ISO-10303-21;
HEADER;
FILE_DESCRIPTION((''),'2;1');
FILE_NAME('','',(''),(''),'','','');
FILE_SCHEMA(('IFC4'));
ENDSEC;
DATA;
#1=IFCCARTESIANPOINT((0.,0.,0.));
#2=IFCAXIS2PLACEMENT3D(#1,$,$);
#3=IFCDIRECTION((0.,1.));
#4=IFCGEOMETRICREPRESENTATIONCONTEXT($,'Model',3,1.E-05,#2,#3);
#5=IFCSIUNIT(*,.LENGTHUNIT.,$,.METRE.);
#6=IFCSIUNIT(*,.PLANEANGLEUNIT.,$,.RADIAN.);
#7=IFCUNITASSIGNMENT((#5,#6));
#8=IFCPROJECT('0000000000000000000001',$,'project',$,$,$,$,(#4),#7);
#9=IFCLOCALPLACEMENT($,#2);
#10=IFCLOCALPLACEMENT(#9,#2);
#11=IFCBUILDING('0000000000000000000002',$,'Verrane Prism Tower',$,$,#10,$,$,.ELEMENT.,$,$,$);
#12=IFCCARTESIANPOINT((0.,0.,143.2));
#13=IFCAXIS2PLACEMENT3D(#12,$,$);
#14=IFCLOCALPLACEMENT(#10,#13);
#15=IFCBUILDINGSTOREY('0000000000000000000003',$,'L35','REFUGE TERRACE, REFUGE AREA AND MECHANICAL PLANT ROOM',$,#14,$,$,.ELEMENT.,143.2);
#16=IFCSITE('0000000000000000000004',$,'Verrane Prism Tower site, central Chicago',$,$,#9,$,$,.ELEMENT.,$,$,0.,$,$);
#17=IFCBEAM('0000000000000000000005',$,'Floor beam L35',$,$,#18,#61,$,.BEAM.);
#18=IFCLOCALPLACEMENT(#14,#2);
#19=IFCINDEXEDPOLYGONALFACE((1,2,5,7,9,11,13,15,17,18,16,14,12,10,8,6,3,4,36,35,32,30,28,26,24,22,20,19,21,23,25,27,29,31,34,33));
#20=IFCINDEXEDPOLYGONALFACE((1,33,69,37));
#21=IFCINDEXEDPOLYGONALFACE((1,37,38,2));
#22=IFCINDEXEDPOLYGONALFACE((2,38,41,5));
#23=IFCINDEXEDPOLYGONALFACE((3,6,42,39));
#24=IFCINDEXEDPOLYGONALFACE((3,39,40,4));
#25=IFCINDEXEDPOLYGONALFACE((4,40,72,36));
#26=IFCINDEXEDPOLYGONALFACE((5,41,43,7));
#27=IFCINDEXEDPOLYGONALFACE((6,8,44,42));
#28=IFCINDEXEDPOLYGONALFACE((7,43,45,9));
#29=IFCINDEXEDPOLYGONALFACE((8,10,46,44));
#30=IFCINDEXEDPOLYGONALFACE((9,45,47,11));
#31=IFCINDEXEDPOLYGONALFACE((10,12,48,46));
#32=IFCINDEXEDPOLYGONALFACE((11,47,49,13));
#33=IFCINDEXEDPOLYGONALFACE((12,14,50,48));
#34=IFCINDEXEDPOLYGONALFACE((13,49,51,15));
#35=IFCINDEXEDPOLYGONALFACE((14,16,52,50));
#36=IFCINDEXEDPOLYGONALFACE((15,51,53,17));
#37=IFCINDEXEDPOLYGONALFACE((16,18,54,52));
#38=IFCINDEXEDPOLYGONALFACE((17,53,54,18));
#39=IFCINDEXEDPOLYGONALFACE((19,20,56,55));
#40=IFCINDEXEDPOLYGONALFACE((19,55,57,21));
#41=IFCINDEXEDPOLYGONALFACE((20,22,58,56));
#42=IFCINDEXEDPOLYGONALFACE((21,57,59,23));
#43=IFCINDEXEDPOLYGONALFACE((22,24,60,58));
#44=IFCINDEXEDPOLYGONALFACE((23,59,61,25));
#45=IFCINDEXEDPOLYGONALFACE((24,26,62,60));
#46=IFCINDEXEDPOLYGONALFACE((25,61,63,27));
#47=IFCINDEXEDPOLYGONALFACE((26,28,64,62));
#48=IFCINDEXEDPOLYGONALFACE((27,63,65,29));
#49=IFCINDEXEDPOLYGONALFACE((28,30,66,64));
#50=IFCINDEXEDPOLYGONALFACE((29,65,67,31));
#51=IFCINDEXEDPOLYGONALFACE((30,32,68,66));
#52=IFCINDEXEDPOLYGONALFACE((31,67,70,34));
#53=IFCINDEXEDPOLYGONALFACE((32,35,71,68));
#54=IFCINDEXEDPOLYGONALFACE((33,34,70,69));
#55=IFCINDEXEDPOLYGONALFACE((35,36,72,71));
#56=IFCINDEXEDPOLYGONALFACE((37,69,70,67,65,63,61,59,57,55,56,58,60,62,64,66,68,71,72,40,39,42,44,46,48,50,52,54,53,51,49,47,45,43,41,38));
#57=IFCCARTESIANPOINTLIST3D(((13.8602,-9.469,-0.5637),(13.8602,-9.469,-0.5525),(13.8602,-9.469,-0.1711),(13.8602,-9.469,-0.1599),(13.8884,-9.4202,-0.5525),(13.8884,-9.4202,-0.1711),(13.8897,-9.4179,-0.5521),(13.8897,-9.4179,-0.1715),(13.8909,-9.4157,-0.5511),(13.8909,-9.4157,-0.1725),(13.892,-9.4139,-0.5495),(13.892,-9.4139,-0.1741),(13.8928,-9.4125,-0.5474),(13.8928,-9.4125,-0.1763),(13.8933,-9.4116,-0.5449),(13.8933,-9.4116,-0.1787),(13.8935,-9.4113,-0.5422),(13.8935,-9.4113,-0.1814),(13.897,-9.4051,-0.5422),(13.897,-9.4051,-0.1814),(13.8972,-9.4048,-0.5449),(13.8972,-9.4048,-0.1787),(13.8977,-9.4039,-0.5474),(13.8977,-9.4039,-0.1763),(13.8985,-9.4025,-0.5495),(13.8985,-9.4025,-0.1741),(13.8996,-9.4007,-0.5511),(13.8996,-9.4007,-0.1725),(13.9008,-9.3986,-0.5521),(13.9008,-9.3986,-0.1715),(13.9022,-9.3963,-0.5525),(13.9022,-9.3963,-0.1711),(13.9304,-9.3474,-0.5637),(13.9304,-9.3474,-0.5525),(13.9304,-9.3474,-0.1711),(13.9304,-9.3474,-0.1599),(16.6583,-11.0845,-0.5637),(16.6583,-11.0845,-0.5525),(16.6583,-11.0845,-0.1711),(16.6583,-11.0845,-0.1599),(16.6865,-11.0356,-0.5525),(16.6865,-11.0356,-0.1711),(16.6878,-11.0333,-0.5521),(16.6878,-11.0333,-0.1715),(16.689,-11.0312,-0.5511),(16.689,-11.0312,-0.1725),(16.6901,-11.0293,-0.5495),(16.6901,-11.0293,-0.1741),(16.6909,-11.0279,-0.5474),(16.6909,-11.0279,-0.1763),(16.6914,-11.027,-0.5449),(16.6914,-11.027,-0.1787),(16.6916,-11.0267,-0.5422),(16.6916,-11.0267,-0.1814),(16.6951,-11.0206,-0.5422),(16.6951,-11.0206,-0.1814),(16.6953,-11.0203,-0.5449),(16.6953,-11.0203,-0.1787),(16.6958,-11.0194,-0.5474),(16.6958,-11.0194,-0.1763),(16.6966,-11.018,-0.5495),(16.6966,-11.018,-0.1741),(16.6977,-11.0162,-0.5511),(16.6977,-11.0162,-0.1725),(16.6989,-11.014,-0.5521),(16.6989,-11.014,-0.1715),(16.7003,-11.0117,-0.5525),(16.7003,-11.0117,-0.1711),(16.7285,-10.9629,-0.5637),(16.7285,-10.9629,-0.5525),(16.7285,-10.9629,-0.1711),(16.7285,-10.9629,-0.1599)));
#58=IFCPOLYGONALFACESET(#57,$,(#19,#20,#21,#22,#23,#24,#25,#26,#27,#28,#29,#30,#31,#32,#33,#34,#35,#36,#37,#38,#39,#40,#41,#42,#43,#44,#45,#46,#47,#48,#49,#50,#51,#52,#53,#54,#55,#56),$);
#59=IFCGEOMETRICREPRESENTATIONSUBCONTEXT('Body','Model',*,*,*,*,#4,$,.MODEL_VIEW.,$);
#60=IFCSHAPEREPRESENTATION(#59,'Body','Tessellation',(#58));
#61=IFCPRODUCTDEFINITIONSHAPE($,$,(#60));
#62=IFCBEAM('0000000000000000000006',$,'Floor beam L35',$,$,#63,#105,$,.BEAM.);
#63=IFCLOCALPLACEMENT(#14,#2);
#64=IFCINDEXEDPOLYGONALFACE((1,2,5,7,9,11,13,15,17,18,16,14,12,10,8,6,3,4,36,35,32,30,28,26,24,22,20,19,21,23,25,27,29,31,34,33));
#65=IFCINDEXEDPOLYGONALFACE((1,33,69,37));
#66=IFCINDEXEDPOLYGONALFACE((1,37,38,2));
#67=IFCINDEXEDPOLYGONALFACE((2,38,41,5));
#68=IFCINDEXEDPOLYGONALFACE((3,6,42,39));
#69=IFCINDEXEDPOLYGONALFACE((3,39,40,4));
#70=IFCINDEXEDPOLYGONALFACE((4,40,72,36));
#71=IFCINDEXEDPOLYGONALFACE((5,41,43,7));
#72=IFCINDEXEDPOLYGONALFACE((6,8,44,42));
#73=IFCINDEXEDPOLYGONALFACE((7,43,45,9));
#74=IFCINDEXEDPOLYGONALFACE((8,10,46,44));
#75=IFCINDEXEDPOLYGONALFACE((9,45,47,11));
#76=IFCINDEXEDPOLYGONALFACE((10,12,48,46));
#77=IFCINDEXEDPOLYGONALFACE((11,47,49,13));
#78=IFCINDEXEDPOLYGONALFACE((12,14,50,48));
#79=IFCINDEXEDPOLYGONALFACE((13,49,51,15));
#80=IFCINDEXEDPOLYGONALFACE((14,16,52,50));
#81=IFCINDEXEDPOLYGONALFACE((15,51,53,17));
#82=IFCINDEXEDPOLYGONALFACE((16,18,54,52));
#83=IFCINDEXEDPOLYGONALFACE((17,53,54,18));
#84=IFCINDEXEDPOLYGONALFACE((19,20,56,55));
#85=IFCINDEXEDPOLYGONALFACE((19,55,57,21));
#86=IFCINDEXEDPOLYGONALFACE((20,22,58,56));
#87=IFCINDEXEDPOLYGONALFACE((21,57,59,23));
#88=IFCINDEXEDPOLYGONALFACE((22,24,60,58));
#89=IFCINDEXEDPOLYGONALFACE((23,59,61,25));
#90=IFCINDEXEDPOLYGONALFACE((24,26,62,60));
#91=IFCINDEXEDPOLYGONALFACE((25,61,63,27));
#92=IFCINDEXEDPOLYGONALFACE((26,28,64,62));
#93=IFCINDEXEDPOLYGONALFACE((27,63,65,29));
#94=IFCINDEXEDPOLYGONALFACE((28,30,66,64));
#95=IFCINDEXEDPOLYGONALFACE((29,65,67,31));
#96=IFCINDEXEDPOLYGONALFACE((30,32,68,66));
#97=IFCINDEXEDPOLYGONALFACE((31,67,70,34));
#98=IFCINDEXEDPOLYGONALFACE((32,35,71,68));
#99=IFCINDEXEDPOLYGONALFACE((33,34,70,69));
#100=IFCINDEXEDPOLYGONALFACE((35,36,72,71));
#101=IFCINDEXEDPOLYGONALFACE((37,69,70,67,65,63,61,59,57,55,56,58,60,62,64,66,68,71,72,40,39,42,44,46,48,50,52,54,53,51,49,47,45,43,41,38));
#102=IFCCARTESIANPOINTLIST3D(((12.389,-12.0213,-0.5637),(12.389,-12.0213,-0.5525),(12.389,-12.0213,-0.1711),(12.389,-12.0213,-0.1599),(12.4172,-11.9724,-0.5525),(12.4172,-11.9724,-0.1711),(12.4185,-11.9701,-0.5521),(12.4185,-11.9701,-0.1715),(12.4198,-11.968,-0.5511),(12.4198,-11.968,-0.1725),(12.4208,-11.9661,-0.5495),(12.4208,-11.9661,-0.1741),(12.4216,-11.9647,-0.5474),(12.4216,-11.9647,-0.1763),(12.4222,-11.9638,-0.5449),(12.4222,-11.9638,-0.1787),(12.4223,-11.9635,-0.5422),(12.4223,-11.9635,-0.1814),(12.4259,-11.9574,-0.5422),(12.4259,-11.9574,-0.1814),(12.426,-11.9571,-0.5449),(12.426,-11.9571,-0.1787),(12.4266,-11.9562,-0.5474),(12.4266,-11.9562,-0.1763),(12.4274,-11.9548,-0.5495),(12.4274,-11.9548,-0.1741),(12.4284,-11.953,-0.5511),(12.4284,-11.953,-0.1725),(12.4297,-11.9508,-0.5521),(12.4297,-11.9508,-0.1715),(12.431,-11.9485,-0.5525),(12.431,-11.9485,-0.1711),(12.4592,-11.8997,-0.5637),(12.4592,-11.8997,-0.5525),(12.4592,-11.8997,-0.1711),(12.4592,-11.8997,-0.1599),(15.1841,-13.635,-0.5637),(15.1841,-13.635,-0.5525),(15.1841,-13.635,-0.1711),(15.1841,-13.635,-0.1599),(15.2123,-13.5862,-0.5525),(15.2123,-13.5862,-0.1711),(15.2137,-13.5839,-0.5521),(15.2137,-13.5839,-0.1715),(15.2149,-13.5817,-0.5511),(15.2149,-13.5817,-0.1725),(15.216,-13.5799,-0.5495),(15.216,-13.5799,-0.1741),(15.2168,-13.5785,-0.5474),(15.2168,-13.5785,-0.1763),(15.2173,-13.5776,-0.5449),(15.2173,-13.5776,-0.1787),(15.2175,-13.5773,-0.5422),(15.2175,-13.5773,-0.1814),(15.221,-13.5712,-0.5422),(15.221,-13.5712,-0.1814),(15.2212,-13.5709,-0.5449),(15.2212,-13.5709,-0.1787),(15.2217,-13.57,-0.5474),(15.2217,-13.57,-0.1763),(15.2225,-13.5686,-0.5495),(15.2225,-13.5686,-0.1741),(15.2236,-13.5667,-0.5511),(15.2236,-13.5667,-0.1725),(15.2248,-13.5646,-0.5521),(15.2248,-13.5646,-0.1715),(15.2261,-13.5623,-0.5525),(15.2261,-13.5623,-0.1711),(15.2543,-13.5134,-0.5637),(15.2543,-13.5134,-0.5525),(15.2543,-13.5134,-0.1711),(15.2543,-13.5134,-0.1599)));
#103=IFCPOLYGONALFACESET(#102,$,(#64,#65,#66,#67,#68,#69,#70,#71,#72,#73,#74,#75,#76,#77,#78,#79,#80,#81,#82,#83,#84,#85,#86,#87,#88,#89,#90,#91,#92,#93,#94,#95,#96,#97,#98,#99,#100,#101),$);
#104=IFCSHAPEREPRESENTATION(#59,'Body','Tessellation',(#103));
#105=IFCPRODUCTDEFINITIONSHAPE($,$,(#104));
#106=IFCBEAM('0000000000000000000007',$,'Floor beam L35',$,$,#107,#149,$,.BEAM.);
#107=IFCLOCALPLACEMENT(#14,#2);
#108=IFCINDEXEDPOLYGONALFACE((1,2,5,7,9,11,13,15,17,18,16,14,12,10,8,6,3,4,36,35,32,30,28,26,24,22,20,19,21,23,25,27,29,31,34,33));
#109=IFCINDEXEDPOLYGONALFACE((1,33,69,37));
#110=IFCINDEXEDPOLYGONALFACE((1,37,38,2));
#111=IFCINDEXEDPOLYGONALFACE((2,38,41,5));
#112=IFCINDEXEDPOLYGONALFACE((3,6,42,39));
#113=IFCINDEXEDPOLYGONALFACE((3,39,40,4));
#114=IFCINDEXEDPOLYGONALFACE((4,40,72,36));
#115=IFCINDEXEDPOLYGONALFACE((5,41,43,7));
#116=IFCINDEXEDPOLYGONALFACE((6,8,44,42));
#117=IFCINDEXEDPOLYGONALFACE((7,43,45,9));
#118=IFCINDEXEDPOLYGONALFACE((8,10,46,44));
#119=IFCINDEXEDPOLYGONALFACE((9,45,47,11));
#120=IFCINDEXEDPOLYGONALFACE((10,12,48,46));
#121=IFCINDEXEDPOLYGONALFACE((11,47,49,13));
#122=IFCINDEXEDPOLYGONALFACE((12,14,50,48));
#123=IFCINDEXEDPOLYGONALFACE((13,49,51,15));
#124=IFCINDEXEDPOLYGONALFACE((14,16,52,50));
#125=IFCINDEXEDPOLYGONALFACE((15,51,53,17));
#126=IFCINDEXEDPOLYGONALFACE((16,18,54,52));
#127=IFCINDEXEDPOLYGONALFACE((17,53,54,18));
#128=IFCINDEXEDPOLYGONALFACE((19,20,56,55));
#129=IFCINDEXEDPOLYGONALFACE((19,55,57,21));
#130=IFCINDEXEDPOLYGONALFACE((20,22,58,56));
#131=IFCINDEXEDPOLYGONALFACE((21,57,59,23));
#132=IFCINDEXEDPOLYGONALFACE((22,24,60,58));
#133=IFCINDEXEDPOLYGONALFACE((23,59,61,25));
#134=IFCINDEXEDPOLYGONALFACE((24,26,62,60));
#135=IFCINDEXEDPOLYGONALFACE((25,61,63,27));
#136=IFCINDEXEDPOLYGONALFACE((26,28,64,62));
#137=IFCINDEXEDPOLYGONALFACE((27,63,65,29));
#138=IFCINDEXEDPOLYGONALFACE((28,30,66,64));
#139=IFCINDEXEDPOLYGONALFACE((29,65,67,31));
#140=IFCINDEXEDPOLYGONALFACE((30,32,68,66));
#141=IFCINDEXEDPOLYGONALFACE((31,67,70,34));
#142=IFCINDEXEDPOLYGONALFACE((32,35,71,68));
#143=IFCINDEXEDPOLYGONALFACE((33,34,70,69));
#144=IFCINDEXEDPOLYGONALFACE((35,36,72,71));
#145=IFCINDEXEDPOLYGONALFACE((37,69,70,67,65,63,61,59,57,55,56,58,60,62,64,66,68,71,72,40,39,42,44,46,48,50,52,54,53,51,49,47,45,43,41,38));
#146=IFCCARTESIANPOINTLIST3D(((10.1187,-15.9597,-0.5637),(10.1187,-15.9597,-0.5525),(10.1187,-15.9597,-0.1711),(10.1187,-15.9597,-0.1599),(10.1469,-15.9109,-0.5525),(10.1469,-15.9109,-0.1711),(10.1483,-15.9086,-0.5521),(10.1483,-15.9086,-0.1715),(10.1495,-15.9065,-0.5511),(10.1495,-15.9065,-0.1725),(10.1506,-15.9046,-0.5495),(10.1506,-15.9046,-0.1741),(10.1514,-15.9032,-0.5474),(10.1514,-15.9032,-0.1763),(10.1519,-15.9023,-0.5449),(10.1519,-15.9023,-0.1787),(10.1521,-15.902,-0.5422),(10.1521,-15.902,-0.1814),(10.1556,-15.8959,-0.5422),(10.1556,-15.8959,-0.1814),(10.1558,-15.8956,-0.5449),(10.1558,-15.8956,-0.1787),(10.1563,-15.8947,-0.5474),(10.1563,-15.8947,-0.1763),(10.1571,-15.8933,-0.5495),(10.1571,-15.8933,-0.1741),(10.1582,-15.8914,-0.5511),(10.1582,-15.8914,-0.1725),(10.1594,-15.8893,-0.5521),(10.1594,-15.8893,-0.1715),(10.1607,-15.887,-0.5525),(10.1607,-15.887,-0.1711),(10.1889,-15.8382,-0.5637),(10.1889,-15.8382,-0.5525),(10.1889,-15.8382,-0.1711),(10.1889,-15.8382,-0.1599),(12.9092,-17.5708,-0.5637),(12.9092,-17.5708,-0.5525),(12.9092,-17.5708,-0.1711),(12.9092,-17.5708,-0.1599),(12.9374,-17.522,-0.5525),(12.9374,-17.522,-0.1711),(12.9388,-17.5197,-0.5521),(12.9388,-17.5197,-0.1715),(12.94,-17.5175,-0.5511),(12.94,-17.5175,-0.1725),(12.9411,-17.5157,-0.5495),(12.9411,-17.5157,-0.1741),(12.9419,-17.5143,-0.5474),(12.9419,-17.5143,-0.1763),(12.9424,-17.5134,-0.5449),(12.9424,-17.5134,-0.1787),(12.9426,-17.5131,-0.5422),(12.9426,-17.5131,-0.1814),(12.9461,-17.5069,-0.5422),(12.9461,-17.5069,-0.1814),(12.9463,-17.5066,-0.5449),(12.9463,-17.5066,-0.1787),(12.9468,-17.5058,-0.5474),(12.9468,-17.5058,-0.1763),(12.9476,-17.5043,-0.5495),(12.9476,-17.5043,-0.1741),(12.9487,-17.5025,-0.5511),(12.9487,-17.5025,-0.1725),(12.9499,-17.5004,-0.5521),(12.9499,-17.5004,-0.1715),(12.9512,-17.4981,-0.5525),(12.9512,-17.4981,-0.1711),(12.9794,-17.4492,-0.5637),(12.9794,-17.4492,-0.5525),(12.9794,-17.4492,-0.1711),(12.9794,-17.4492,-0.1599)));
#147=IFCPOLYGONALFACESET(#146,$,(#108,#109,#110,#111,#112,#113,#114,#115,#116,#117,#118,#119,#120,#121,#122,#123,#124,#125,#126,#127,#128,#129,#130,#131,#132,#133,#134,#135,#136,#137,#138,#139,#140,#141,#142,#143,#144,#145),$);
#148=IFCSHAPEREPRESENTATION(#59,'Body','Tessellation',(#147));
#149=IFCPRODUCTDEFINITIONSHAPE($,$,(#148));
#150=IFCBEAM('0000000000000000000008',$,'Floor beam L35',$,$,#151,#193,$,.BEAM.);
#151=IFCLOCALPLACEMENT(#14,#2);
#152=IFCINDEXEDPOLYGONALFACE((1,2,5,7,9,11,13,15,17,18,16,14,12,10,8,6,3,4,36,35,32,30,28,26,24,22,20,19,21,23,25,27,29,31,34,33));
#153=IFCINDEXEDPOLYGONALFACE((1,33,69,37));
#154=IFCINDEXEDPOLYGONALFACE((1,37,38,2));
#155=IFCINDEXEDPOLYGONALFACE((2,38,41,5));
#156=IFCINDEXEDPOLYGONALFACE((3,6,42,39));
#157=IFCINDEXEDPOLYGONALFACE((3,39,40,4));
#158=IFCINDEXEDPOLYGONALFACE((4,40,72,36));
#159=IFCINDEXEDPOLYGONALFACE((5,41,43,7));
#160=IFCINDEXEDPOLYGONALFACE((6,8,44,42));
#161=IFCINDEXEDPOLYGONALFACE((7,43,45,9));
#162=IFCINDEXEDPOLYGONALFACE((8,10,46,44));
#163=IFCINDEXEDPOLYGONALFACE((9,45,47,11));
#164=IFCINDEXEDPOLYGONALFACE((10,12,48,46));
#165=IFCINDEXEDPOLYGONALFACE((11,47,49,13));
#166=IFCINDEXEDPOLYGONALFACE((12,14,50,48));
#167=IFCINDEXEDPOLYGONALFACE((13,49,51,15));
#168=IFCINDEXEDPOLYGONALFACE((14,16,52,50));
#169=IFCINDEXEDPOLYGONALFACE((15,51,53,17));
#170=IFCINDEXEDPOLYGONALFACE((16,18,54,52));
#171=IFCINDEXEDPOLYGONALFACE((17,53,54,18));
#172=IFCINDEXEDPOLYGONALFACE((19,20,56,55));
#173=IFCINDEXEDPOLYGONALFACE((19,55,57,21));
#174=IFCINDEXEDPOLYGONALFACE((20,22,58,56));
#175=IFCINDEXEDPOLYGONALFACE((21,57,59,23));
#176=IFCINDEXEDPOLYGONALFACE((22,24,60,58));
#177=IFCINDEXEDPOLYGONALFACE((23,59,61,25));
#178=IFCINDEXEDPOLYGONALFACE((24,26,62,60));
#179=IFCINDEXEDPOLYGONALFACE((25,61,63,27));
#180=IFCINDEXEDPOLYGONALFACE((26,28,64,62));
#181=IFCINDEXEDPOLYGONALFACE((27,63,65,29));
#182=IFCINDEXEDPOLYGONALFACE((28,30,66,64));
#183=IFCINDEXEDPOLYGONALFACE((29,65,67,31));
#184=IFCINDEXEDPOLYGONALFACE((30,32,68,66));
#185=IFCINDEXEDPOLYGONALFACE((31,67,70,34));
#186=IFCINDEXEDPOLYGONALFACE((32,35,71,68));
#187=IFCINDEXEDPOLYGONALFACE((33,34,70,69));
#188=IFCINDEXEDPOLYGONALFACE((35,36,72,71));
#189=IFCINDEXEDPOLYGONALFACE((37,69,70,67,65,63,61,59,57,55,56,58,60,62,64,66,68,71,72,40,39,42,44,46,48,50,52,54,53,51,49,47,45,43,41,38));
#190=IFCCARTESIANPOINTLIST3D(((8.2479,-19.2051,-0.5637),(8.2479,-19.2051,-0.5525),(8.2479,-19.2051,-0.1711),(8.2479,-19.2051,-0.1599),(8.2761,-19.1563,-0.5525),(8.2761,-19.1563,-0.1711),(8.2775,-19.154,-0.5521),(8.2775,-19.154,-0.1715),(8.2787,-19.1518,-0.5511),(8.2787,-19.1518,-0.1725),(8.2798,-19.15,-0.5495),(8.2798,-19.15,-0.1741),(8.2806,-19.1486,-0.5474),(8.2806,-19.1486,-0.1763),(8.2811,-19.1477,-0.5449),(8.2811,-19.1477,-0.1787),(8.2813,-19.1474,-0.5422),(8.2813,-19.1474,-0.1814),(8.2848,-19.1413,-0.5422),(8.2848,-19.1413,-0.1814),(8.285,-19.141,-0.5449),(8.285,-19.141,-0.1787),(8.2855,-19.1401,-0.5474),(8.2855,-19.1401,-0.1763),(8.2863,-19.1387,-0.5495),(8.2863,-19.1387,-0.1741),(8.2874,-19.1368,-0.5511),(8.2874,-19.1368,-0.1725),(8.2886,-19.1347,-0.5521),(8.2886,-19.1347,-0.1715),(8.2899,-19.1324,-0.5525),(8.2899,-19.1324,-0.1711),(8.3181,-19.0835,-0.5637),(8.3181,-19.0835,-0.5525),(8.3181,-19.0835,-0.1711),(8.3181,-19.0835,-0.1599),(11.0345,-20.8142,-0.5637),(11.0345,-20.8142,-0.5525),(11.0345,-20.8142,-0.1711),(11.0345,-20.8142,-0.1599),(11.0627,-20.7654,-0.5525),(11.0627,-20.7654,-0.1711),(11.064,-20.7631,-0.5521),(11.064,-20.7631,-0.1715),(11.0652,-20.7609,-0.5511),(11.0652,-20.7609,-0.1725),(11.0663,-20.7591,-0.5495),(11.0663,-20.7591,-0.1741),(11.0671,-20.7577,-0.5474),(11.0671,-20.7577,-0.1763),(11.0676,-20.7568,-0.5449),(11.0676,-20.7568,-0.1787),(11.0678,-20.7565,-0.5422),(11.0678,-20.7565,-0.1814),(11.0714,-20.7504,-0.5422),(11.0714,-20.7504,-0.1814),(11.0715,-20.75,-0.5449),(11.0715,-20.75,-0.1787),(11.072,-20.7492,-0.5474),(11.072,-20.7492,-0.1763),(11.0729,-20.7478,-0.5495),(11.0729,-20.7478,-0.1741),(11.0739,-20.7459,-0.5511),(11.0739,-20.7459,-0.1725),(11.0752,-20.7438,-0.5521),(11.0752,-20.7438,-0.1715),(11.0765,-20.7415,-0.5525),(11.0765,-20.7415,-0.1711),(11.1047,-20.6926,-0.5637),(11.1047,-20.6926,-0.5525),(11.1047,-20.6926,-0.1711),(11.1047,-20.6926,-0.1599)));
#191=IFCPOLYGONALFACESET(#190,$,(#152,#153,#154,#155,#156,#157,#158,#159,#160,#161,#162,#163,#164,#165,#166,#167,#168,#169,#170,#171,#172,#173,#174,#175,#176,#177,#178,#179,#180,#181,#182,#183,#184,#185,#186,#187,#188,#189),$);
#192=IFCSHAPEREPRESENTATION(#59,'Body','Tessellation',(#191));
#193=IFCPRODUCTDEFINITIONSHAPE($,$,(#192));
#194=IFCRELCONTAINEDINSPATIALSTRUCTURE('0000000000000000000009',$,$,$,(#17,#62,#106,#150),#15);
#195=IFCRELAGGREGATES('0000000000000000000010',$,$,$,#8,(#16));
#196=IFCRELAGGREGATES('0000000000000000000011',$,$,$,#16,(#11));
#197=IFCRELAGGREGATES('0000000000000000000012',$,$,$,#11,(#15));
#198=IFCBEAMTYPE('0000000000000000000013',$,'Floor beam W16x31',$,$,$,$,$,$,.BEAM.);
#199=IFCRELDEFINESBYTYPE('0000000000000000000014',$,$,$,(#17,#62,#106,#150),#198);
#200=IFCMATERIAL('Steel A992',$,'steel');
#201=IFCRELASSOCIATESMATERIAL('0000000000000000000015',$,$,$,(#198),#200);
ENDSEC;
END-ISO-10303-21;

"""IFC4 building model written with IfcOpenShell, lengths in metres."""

from ifc_helpers import new_model, si_unit, direction, frame, origin, origin_2d, place, context, subcontext, project, spatial, i_section, extrude, material, material_profile, profile_set, type_object, element, save


model = new_model("IFC4")

# Units and contexts
model_context = context("Model", 3, precision=1e-05, world=origin(), true_north=direction((0.0, 1.0)))
body_context = subcontext(model_context, "Body", "Model", "MODEL_VIEW")
ifc_project = project(units=[si_unit("LENGTHUNIT", "METRE"), si_unit("PLANEANGLEUNIT", "RADIAN")], contexts=[model_context])

# Site, building, storey
site_placement = place(None, origin())
site = spatial("IfcSite", under=ifc_project, at=site_placement, Name="Verrane Prism Tower site, central Chicago", CompositionType="ELEMENT", RefElevation=0.0)
building_placement = place(site_placement, origin())
building = spatial("IfcBuilding", under=site, at=building_placement, Name="Verrane Prism Tower", CompositionType="ELEMENT")
storey_placement = place(building_placement, frame((0.0, 0.0, 143.2)))
storey = spatial("IfcBuildingStorey", under=building, at=storey_placement, Name="L35", Description="REFUGE TERRACE, REFUGE AREA AND MECHANICAL PLANT ROOM", CompositionType="ELEMENT", Elevation=143.2)

# Beams
ifc_material_1 = material(Name="Steel A992", Category="steel")
ifc_material_profile_1 = material_profile(ifc_material_1, i_section(OverallWidth=0.1404, OverallDepth=0.4038, WebThickness=0.0071, FlangeThickness=0.0112, FilletRadius=0.0103, at=origin_2d()), Name="W16x31")
ifc_profile_set_1 = profile_set([ifc_material_profile_1], Name="Steel A992")
beam_type_1 = type_object("IfcBeamType", Name="Floor beam W16x31", PredefinedType="BEAM", material=ifc_profile_set_1)
beam_1_placement = place(storey_placement, frame((16.6934, -11.0237, -0.3618), z_axis=(-0.866026, 0.499999, 0.0), x_axis=(-0.499999, -0.866026, 0.0)))
element("IfcBeam", 1, at=beam_1_placement, inside=storey, type_object=beam_type_1, Name="Floor beam L35", PredefinedType="BEAM", context=body_context, shape_type="SweptSolid", body=[
    extrude(i_section(OverallWidth=0.1404, OverallDepth=0.4038, WebThickness=0.0071, FlangeThickness=0.0112, FilletRadius=0.0103, at=origin_2d()), origin(), (0.0, 0.0, 1.0), 3.231),
])
beam_2_placement = place(storey_placement, frame((15.2192, -13.5742, -0.3618), z_axis=(-0.866028, 0.499995, 0.0), x_axis=(-0.499995, -0.866028, 0.0)))
element("IfcBeam", 2, at=beam_2_placement, inside=storey, type_object=beam_type_1, Name="Floor beam L35", PredefinedType="BEAM", context=body_context, shape_type="SweptSolid", body=[
    extrude(i_section(OverallWidth=0.1404, OverallDepth=0.4038, WebThickness=0.0071, FlangeThickness=0.0112, FilletRadius=0.0103, at=origin_2d()), origin(), (0.0, 0.0, 1.0), 3.2275),
])
beam_3_placement = place(storey_placement, frame((12.9443, -17.51, -0.3618), z_axis=(-0.866029, 0.499994, 0.0), x_axis=(-0.499994, -0.866029, 0.0)))
element("IfcBeam", 3, at=beam_3_placement, inside=storey, type_object=beam_type_1, Name="Floor beam L35", PredefinedType="BEAM", context=body_context, shape_type="SweptSolid", body=[
    extrude(i_section(OverallWidth=0.1404, OverallDepth=0.4038, WebThickness=0.0071, FlangeThickness=0.0112, FilletRadius=0.0103, at=origin_2d()), origin(), (0.0, 0.0, 1.0), 3.2222),
])
beam_4_placement = place(storey_placement, frame((11.0696, -20.7534, -0.3618), z_axis=(-0.865988, 0.500064, 0.0), x_axis=(-0.500064, -0.865988, 0.0)))
element("IfcBeam", 4, at=beam_4_placement, inside=storey, type_object=beam_type_1, Name="Floor beam L35", PredefinedType="BEAM", context=body_context, shape_type="SweptSolid", body=[
    extrude(i_section(OverallWidth=0.1404, OverallDepth=0.4038, WebThickness=0.0071, FlangeThickness=0.0112, FilletRadius=0.0103, at=origin_2d()), origin(), (0.0, 0.0, 1.0), 3.2178),
])

save(model, "model.ifc")
